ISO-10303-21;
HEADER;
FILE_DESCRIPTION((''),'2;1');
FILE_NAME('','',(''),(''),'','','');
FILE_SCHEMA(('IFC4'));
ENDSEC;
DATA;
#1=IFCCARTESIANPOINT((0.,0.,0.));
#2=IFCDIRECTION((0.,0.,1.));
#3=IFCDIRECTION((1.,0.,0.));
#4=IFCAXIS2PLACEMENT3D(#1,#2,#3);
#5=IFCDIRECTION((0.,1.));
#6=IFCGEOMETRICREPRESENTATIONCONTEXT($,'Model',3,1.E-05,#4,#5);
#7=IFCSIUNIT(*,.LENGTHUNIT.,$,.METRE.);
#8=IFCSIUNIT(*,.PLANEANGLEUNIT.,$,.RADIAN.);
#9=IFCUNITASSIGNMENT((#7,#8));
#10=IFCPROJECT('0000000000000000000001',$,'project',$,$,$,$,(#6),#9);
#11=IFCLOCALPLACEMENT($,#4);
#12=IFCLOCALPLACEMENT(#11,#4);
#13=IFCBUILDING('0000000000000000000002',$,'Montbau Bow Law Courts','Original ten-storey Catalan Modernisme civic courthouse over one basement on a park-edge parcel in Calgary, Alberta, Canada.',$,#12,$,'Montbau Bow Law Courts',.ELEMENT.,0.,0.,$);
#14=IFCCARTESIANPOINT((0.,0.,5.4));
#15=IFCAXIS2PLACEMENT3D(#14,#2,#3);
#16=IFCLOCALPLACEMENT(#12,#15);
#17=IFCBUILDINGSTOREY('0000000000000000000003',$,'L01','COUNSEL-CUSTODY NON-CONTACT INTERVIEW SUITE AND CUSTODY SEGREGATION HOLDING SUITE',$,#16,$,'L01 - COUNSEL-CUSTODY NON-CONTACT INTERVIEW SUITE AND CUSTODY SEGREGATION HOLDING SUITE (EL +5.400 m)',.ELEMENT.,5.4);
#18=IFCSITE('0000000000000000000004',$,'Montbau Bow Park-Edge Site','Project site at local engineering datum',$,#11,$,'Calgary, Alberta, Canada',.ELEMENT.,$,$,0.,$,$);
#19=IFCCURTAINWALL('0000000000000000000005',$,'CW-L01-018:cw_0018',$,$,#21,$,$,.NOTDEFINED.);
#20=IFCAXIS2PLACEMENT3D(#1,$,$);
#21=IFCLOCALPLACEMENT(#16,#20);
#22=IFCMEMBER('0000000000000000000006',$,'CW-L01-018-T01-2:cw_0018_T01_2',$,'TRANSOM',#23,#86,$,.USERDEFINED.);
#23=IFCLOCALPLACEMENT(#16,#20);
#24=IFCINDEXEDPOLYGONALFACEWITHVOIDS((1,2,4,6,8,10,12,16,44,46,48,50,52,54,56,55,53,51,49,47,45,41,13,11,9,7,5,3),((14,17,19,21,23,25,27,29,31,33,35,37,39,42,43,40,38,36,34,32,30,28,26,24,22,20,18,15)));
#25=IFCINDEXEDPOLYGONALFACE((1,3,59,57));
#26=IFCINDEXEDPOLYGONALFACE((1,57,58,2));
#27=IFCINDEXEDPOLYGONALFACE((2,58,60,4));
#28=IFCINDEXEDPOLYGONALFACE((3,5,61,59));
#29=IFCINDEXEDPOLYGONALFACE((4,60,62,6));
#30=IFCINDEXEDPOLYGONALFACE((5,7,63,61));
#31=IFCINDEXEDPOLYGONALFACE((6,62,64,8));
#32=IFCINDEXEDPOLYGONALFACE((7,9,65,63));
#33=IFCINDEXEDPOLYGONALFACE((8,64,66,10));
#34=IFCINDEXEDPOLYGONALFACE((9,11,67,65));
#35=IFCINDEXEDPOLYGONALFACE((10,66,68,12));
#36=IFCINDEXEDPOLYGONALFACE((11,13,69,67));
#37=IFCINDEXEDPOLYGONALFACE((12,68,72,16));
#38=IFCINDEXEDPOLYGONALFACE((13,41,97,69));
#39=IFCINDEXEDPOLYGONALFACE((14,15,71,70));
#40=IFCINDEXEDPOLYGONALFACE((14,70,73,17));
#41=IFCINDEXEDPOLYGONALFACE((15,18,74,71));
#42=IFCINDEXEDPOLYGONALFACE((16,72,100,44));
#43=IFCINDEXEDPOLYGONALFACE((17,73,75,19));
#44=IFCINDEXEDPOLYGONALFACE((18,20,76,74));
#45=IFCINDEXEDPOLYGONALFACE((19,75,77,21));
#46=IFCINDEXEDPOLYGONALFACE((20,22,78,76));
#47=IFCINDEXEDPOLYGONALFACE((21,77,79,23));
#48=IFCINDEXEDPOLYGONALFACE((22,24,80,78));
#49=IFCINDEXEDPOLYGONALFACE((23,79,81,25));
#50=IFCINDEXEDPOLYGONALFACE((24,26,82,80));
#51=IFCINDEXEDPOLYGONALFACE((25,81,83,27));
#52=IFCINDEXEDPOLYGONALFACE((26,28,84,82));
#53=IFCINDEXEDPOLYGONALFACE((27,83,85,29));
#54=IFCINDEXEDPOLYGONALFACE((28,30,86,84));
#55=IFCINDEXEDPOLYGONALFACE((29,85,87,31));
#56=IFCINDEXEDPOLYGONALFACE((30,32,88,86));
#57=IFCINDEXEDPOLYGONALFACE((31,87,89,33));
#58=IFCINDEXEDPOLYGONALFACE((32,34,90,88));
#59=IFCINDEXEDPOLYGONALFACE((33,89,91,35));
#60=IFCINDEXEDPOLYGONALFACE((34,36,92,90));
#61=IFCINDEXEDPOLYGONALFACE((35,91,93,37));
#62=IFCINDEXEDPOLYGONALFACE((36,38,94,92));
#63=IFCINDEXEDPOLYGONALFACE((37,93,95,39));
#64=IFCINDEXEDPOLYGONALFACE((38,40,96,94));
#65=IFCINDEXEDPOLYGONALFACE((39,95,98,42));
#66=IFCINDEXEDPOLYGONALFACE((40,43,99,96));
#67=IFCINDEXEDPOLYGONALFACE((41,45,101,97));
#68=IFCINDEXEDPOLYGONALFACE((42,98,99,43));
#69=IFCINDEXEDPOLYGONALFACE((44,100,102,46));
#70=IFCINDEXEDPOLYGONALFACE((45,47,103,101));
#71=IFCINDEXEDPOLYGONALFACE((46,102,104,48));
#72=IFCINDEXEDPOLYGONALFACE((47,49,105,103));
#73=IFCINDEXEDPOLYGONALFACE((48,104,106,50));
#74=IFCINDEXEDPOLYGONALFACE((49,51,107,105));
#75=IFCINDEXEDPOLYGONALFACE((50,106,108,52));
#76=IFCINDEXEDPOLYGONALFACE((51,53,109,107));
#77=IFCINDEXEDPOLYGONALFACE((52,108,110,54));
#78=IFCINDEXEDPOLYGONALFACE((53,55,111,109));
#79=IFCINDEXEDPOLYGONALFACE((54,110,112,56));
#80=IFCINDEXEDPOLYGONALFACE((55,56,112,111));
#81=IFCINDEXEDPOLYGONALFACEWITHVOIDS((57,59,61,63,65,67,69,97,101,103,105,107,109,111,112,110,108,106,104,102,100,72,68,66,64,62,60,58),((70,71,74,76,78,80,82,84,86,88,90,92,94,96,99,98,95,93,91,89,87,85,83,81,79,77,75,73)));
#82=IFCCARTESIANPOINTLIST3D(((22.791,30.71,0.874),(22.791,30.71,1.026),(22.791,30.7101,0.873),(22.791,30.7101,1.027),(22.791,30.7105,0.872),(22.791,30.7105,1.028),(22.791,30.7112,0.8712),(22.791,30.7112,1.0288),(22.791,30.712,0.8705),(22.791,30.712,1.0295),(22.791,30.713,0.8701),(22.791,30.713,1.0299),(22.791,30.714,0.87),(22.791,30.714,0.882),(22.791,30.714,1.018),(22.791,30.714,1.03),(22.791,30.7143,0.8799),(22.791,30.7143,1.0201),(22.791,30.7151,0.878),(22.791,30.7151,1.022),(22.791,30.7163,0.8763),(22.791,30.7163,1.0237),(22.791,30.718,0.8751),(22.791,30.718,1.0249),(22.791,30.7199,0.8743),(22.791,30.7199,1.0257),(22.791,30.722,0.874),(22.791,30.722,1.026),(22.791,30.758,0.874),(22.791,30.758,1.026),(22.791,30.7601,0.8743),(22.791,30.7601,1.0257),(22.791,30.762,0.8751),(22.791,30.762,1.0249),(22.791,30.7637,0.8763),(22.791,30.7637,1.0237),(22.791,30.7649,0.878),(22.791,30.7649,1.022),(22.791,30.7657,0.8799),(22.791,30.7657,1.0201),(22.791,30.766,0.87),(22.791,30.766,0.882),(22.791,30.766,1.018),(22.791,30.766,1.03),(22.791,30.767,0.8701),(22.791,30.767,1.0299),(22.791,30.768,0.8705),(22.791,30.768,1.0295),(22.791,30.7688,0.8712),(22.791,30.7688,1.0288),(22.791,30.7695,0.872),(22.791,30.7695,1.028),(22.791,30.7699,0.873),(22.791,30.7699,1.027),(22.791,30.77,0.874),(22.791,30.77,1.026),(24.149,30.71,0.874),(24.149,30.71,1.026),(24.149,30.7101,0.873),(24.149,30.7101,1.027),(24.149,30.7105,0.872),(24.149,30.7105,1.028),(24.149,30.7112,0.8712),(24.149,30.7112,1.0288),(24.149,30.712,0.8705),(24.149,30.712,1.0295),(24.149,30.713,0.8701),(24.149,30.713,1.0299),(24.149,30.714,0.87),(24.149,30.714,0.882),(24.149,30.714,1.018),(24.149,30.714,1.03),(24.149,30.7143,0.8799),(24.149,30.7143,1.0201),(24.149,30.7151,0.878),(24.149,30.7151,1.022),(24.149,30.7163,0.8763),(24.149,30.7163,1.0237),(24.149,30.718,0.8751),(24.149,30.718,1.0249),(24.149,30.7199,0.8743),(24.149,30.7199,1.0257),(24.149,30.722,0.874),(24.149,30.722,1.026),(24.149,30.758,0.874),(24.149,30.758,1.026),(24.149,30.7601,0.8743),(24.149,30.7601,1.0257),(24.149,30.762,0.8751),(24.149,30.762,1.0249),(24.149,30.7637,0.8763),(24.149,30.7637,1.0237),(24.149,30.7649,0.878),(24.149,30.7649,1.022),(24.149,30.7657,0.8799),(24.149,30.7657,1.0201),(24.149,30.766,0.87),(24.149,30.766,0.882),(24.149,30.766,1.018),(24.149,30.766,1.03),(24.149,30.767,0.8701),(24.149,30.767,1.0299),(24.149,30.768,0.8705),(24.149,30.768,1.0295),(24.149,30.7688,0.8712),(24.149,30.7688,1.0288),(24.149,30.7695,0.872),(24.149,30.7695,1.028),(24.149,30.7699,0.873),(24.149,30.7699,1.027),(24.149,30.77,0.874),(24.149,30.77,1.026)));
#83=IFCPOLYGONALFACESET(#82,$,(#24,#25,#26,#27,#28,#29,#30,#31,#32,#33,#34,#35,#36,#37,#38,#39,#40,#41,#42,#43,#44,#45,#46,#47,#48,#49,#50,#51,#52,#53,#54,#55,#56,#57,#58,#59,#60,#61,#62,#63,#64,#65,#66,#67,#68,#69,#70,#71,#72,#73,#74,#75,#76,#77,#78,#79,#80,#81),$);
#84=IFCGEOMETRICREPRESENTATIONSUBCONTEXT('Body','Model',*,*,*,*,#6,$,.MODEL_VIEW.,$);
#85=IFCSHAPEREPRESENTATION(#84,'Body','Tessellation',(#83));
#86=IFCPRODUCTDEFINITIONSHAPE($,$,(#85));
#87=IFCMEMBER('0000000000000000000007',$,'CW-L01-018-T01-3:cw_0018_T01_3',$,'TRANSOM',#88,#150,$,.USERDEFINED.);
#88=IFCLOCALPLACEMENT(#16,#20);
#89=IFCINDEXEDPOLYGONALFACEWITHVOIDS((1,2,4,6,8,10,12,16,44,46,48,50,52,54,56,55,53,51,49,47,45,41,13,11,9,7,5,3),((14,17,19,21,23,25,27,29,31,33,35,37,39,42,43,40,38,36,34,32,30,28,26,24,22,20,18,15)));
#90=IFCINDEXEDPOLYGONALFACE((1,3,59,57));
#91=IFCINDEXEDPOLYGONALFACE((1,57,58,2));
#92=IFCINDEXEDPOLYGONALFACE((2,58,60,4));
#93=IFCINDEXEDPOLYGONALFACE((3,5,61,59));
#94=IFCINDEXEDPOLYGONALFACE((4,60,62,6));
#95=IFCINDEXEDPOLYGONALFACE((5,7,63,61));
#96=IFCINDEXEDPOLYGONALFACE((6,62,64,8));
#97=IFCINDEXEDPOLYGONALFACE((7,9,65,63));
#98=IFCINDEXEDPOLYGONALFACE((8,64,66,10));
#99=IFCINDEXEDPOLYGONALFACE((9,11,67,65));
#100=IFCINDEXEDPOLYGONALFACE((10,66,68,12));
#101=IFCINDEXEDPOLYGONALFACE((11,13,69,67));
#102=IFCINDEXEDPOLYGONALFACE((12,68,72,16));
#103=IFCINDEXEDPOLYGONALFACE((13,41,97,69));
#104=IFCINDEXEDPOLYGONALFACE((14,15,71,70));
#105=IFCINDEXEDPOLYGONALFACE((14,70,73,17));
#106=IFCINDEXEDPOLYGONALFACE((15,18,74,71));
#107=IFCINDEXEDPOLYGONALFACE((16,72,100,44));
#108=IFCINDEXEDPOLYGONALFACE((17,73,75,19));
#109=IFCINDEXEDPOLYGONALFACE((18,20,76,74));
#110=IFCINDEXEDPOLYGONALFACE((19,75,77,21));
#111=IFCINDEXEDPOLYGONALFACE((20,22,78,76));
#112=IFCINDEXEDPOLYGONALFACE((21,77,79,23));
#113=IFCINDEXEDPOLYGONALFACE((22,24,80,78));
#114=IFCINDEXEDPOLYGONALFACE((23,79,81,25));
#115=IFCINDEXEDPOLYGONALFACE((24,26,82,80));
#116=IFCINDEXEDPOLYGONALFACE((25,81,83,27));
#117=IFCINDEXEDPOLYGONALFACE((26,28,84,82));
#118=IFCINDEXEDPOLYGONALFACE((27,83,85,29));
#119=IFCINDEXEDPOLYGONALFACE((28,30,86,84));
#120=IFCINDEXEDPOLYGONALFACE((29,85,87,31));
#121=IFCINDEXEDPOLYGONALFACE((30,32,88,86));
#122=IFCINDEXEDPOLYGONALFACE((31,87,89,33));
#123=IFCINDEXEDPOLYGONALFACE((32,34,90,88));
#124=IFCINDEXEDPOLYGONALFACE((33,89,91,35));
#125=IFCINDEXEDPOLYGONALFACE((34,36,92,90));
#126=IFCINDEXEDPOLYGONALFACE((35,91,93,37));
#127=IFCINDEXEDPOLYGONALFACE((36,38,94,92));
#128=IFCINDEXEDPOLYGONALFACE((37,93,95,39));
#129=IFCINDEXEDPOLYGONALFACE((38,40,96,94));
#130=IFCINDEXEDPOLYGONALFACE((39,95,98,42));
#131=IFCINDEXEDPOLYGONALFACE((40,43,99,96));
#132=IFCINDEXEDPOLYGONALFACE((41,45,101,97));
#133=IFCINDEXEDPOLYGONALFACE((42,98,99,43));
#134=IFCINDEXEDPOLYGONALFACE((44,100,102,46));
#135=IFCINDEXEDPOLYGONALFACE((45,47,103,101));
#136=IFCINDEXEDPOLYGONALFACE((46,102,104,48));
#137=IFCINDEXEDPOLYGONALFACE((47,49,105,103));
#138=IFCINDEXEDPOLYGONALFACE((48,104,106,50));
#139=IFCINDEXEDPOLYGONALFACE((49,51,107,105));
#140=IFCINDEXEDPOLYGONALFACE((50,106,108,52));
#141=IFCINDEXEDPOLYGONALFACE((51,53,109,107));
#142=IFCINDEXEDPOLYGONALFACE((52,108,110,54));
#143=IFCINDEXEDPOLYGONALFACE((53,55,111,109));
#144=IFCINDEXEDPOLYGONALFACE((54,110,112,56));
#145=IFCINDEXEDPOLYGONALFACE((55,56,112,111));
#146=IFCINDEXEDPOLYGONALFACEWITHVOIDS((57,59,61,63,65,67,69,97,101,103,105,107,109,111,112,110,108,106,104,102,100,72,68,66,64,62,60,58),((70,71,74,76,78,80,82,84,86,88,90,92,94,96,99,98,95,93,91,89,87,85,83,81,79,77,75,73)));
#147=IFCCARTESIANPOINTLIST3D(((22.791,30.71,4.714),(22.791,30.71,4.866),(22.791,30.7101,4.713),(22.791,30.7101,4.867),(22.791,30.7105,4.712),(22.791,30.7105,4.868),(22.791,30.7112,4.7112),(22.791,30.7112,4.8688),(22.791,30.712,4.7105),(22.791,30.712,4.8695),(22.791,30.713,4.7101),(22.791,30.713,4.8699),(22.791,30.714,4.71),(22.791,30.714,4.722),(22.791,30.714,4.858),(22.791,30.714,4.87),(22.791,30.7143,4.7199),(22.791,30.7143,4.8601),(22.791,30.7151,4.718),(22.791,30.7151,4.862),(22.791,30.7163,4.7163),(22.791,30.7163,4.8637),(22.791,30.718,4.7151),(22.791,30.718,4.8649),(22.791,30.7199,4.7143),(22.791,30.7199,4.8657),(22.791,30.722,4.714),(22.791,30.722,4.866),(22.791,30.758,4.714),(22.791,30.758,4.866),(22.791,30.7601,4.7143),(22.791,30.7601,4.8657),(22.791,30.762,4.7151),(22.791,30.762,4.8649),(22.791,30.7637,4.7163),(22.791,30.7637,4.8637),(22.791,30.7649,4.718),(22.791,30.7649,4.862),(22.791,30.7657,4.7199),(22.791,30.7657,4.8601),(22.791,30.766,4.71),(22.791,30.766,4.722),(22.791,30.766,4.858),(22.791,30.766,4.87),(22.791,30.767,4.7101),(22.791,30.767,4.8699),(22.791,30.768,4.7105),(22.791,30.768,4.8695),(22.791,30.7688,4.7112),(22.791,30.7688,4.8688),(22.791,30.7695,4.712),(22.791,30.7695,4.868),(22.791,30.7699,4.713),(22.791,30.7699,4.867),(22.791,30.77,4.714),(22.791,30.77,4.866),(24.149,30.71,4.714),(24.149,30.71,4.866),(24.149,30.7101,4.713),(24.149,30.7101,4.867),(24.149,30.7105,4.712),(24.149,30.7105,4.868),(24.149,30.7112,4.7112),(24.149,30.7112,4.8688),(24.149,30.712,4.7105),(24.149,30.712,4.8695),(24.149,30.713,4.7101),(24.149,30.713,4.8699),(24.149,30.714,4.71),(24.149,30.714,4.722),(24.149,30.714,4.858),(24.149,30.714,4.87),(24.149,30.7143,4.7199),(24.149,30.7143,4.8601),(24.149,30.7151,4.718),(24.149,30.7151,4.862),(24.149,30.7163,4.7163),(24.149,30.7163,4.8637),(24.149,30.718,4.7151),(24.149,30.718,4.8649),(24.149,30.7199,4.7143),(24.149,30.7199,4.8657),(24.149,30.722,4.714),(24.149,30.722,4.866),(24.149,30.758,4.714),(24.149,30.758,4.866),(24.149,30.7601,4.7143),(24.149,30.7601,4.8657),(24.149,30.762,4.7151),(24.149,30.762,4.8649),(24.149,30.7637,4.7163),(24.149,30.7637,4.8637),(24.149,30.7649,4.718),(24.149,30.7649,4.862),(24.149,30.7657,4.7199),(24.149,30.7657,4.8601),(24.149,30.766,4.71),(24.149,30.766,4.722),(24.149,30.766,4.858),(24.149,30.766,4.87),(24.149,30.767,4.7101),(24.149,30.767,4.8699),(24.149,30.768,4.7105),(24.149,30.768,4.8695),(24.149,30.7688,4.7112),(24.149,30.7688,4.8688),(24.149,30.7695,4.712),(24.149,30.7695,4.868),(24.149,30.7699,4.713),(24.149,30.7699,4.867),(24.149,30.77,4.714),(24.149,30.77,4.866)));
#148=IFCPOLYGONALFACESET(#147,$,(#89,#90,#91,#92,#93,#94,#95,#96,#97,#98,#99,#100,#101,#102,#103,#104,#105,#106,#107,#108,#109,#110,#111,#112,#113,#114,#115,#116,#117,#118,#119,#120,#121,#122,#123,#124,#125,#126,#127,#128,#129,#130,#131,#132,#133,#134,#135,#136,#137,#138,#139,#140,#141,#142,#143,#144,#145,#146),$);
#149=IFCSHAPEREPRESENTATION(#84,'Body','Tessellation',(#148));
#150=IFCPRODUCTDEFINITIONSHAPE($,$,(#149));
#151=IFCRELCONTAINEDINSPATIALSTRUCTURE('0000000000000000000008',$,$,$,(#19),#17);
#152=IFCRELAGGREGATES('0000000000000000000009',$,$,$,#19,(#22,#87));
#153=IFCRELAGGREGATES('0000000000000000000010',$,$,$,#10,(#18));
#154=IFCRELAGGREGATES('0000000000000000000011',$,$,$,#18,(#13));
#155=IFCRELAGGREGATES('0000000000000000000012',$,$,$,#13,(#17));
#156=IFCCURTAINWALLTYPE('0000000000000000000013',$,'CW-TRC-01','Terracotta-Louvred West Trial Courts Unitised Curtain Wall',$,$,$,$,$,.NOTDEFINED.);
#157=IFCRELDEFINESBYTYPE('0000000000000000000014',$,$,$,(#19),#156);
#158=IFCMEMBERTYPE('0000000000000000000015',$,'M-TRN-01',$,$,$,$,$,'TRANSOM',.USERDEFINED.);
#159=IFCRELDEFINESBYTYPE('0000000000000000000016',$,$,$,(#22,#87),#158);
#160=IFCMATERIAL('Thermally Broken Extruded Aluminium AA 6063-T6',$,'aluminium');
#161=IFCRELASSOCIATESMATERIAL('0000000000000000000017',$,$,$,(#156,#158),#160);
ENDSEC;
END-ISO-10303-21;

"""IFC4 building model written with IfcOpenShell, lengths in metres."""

from ifc_helpers import new_model, si_unit, direction, frame, origin_with_axes, origin_2d_with_axis, place, context, subcontext, project, spatial, hollow_rectangle, extrude, material, material_profile, profile_set, type_object, element, aggregate, save


model = new_model("IFC4")

# Units and contexts
model_context = context("Model", 3, precision=1e-05, world=origin_with_axes(), true_north=direction((0.0, 1.0)))
body_context = subcontext(model_context, "Body", "Model", "MODEL_VIEW")
ifc_project = project(units=[si_unit("LENGTHUNIT", "METRE"), si_unit("PLANEANGLEUNIT", "RADIAN")], contexts=[model_context])

# Site, building, storey
site_placement = place(None, origin_with_axes())
site = spatial("IfcSite", under=ifc_project, at=site_placement, Name="Montbau Bow Park-Edge Site", Description="Project site at local engineering datum", LongName="Calgary, Alberta, Canada", CompositionType="ELEMENT", RefElevation=0.0)
building_placement = place(site_placement, origin_with_axes())
building = spatial("IfcBuilding", under=site, at=building_placement, Name="Montbau Bow Law Courts", Description="Original ten-storey Catalan Modernisme civic courthouse over one basement on a park-edge parcel in Calgary, Alberta, Canada.", LongName="Montbau Bow Law Courts", CompositionType="ELEMENT", ElevationOfRefHeight=0.0, ElevationOfTerrain=0.0)
storey_placement = place(building_placement, frame((0.0, 0.0, 5.4), z_axis=(0.0, 0.0, 1.0), x_axis=(1.0, 0.0, 0.0)))
storey = spatial("IfcBuildingStorey", under=building, at=storey_placement, Name="L01", Description="COUNSEL-CUSTODY NON-CONTACT INTERVIEW SUITE AND CUSTODY SEGREGATION HOLDING SUITE", LongName="L01 - COUNSEL-CUSTODY NON-CONTACT INTERVIEW SUITE AND CUSTODY SEGREGATION HOLDING SUITE (EL +5.400 m)", CompositionType="ELEMENT", Elevation=5.4)

# Curtain wall
ifc_material_1 = material(Name="Thermally Broken Extruded Aluminium AA 6063-T6", Category="aluminium")
curtain_wall_type = type_object("IfcCurtainWallType", Name="CW-TRC-01", Description="Terracotta-Louvred West Trial Courts Unitised Curtain Wall", PredefinedType="NOTDEFINED", material=ifc_material_1)
curtain_wall_1_placement = place(None, frame((22.715, 30.74, 5.4), z_axis=(0.0, 0.0, 1.0), x_axis=(1.0, 0.0, 0.0)))
curtain_wall_1 = element("IfcCurtainWall", 1, at=curtain_wall_1_placement, inside=storey, type_object=curtain_wall_type, Name="CW-L01-018:cw_0018", PredefinedType="NOTDEFINED")

# Members
ifc_material_profile_1 = material_profile(ifc_material_1, hollow_rectangle(XDim=0.06, YDim=0.16, WallThickness=0.004, InnerFilletRadius=0.008, OuterFilletRadius=0.004, at=origin_2d_with_axis()), Name="CWT-160X60", Category="Main", Priority=0)
ifc_profile_set_1 = profile_set([ifc_material_profile_1], Name="Thermally Broken Extruded Aluminium AA 6063-T6")
member_type_1 = type_object("IfcMemberType", Name="M-TRN-01", ElementType="TRANSOM", PredefinedType="USERDEFINED", material=ifc_profile_set_1)
member_1_placement = place(None, frame((22.791, 30.74, 6.35), z_axis=(1.0, 0.0, 0.0), x_axis=(0.0, 1.0, 0.0)))
member_1 = element("IfcMember", 2, at=member_1_placement, type_object=member_type_1, Name="CW-L01-018-T01-2:cw_0018_T01_2", ObjectType="TRANSOM", PredefinedType="USERDEFINED", context=body_context, shape_type="SweptSolid", body=[
    extrude(hollow_rectangle(XDim=0.06, YDim=0.16, WallThickness=0.004, InnerFilletRadius=0.008, OuterFilletRadius=0.004, at=origin_2d_with_axis()), origin_with_axes(), (0.0, 0.0, 1.0), 1.358),
])
member_2_placement = place(None, frame((22.791, 30.74, 10.19), z_axis=(1.0, 0.0, 0.0), x_axis=(0.0, 1.0, 0.0)))
member_2 = element("IfcMember", 3, at=member_2_placement, type_object=member_type_1, Name="CW-L01-018-T01-3:cw_0018_T01_3", ObjectType="TRANSOM", PredefinedType="USERDEFINED", context=body_context, shape_type="SweptSolid", body=[
    extrude(hollow_rectangle(XDim=0.06, YDim=0.16, WallThickness=0.004, InnerFilletRadius=0.008, OuterFilletRadius=0.004, at=origin_2d_with_axis()), origin_with_axes(), (0.0, 0.0, 1.0), 1.358),
])

aggregate(curtain_wall_1, [member_1, member_2])

save(model, "model.ifc")
